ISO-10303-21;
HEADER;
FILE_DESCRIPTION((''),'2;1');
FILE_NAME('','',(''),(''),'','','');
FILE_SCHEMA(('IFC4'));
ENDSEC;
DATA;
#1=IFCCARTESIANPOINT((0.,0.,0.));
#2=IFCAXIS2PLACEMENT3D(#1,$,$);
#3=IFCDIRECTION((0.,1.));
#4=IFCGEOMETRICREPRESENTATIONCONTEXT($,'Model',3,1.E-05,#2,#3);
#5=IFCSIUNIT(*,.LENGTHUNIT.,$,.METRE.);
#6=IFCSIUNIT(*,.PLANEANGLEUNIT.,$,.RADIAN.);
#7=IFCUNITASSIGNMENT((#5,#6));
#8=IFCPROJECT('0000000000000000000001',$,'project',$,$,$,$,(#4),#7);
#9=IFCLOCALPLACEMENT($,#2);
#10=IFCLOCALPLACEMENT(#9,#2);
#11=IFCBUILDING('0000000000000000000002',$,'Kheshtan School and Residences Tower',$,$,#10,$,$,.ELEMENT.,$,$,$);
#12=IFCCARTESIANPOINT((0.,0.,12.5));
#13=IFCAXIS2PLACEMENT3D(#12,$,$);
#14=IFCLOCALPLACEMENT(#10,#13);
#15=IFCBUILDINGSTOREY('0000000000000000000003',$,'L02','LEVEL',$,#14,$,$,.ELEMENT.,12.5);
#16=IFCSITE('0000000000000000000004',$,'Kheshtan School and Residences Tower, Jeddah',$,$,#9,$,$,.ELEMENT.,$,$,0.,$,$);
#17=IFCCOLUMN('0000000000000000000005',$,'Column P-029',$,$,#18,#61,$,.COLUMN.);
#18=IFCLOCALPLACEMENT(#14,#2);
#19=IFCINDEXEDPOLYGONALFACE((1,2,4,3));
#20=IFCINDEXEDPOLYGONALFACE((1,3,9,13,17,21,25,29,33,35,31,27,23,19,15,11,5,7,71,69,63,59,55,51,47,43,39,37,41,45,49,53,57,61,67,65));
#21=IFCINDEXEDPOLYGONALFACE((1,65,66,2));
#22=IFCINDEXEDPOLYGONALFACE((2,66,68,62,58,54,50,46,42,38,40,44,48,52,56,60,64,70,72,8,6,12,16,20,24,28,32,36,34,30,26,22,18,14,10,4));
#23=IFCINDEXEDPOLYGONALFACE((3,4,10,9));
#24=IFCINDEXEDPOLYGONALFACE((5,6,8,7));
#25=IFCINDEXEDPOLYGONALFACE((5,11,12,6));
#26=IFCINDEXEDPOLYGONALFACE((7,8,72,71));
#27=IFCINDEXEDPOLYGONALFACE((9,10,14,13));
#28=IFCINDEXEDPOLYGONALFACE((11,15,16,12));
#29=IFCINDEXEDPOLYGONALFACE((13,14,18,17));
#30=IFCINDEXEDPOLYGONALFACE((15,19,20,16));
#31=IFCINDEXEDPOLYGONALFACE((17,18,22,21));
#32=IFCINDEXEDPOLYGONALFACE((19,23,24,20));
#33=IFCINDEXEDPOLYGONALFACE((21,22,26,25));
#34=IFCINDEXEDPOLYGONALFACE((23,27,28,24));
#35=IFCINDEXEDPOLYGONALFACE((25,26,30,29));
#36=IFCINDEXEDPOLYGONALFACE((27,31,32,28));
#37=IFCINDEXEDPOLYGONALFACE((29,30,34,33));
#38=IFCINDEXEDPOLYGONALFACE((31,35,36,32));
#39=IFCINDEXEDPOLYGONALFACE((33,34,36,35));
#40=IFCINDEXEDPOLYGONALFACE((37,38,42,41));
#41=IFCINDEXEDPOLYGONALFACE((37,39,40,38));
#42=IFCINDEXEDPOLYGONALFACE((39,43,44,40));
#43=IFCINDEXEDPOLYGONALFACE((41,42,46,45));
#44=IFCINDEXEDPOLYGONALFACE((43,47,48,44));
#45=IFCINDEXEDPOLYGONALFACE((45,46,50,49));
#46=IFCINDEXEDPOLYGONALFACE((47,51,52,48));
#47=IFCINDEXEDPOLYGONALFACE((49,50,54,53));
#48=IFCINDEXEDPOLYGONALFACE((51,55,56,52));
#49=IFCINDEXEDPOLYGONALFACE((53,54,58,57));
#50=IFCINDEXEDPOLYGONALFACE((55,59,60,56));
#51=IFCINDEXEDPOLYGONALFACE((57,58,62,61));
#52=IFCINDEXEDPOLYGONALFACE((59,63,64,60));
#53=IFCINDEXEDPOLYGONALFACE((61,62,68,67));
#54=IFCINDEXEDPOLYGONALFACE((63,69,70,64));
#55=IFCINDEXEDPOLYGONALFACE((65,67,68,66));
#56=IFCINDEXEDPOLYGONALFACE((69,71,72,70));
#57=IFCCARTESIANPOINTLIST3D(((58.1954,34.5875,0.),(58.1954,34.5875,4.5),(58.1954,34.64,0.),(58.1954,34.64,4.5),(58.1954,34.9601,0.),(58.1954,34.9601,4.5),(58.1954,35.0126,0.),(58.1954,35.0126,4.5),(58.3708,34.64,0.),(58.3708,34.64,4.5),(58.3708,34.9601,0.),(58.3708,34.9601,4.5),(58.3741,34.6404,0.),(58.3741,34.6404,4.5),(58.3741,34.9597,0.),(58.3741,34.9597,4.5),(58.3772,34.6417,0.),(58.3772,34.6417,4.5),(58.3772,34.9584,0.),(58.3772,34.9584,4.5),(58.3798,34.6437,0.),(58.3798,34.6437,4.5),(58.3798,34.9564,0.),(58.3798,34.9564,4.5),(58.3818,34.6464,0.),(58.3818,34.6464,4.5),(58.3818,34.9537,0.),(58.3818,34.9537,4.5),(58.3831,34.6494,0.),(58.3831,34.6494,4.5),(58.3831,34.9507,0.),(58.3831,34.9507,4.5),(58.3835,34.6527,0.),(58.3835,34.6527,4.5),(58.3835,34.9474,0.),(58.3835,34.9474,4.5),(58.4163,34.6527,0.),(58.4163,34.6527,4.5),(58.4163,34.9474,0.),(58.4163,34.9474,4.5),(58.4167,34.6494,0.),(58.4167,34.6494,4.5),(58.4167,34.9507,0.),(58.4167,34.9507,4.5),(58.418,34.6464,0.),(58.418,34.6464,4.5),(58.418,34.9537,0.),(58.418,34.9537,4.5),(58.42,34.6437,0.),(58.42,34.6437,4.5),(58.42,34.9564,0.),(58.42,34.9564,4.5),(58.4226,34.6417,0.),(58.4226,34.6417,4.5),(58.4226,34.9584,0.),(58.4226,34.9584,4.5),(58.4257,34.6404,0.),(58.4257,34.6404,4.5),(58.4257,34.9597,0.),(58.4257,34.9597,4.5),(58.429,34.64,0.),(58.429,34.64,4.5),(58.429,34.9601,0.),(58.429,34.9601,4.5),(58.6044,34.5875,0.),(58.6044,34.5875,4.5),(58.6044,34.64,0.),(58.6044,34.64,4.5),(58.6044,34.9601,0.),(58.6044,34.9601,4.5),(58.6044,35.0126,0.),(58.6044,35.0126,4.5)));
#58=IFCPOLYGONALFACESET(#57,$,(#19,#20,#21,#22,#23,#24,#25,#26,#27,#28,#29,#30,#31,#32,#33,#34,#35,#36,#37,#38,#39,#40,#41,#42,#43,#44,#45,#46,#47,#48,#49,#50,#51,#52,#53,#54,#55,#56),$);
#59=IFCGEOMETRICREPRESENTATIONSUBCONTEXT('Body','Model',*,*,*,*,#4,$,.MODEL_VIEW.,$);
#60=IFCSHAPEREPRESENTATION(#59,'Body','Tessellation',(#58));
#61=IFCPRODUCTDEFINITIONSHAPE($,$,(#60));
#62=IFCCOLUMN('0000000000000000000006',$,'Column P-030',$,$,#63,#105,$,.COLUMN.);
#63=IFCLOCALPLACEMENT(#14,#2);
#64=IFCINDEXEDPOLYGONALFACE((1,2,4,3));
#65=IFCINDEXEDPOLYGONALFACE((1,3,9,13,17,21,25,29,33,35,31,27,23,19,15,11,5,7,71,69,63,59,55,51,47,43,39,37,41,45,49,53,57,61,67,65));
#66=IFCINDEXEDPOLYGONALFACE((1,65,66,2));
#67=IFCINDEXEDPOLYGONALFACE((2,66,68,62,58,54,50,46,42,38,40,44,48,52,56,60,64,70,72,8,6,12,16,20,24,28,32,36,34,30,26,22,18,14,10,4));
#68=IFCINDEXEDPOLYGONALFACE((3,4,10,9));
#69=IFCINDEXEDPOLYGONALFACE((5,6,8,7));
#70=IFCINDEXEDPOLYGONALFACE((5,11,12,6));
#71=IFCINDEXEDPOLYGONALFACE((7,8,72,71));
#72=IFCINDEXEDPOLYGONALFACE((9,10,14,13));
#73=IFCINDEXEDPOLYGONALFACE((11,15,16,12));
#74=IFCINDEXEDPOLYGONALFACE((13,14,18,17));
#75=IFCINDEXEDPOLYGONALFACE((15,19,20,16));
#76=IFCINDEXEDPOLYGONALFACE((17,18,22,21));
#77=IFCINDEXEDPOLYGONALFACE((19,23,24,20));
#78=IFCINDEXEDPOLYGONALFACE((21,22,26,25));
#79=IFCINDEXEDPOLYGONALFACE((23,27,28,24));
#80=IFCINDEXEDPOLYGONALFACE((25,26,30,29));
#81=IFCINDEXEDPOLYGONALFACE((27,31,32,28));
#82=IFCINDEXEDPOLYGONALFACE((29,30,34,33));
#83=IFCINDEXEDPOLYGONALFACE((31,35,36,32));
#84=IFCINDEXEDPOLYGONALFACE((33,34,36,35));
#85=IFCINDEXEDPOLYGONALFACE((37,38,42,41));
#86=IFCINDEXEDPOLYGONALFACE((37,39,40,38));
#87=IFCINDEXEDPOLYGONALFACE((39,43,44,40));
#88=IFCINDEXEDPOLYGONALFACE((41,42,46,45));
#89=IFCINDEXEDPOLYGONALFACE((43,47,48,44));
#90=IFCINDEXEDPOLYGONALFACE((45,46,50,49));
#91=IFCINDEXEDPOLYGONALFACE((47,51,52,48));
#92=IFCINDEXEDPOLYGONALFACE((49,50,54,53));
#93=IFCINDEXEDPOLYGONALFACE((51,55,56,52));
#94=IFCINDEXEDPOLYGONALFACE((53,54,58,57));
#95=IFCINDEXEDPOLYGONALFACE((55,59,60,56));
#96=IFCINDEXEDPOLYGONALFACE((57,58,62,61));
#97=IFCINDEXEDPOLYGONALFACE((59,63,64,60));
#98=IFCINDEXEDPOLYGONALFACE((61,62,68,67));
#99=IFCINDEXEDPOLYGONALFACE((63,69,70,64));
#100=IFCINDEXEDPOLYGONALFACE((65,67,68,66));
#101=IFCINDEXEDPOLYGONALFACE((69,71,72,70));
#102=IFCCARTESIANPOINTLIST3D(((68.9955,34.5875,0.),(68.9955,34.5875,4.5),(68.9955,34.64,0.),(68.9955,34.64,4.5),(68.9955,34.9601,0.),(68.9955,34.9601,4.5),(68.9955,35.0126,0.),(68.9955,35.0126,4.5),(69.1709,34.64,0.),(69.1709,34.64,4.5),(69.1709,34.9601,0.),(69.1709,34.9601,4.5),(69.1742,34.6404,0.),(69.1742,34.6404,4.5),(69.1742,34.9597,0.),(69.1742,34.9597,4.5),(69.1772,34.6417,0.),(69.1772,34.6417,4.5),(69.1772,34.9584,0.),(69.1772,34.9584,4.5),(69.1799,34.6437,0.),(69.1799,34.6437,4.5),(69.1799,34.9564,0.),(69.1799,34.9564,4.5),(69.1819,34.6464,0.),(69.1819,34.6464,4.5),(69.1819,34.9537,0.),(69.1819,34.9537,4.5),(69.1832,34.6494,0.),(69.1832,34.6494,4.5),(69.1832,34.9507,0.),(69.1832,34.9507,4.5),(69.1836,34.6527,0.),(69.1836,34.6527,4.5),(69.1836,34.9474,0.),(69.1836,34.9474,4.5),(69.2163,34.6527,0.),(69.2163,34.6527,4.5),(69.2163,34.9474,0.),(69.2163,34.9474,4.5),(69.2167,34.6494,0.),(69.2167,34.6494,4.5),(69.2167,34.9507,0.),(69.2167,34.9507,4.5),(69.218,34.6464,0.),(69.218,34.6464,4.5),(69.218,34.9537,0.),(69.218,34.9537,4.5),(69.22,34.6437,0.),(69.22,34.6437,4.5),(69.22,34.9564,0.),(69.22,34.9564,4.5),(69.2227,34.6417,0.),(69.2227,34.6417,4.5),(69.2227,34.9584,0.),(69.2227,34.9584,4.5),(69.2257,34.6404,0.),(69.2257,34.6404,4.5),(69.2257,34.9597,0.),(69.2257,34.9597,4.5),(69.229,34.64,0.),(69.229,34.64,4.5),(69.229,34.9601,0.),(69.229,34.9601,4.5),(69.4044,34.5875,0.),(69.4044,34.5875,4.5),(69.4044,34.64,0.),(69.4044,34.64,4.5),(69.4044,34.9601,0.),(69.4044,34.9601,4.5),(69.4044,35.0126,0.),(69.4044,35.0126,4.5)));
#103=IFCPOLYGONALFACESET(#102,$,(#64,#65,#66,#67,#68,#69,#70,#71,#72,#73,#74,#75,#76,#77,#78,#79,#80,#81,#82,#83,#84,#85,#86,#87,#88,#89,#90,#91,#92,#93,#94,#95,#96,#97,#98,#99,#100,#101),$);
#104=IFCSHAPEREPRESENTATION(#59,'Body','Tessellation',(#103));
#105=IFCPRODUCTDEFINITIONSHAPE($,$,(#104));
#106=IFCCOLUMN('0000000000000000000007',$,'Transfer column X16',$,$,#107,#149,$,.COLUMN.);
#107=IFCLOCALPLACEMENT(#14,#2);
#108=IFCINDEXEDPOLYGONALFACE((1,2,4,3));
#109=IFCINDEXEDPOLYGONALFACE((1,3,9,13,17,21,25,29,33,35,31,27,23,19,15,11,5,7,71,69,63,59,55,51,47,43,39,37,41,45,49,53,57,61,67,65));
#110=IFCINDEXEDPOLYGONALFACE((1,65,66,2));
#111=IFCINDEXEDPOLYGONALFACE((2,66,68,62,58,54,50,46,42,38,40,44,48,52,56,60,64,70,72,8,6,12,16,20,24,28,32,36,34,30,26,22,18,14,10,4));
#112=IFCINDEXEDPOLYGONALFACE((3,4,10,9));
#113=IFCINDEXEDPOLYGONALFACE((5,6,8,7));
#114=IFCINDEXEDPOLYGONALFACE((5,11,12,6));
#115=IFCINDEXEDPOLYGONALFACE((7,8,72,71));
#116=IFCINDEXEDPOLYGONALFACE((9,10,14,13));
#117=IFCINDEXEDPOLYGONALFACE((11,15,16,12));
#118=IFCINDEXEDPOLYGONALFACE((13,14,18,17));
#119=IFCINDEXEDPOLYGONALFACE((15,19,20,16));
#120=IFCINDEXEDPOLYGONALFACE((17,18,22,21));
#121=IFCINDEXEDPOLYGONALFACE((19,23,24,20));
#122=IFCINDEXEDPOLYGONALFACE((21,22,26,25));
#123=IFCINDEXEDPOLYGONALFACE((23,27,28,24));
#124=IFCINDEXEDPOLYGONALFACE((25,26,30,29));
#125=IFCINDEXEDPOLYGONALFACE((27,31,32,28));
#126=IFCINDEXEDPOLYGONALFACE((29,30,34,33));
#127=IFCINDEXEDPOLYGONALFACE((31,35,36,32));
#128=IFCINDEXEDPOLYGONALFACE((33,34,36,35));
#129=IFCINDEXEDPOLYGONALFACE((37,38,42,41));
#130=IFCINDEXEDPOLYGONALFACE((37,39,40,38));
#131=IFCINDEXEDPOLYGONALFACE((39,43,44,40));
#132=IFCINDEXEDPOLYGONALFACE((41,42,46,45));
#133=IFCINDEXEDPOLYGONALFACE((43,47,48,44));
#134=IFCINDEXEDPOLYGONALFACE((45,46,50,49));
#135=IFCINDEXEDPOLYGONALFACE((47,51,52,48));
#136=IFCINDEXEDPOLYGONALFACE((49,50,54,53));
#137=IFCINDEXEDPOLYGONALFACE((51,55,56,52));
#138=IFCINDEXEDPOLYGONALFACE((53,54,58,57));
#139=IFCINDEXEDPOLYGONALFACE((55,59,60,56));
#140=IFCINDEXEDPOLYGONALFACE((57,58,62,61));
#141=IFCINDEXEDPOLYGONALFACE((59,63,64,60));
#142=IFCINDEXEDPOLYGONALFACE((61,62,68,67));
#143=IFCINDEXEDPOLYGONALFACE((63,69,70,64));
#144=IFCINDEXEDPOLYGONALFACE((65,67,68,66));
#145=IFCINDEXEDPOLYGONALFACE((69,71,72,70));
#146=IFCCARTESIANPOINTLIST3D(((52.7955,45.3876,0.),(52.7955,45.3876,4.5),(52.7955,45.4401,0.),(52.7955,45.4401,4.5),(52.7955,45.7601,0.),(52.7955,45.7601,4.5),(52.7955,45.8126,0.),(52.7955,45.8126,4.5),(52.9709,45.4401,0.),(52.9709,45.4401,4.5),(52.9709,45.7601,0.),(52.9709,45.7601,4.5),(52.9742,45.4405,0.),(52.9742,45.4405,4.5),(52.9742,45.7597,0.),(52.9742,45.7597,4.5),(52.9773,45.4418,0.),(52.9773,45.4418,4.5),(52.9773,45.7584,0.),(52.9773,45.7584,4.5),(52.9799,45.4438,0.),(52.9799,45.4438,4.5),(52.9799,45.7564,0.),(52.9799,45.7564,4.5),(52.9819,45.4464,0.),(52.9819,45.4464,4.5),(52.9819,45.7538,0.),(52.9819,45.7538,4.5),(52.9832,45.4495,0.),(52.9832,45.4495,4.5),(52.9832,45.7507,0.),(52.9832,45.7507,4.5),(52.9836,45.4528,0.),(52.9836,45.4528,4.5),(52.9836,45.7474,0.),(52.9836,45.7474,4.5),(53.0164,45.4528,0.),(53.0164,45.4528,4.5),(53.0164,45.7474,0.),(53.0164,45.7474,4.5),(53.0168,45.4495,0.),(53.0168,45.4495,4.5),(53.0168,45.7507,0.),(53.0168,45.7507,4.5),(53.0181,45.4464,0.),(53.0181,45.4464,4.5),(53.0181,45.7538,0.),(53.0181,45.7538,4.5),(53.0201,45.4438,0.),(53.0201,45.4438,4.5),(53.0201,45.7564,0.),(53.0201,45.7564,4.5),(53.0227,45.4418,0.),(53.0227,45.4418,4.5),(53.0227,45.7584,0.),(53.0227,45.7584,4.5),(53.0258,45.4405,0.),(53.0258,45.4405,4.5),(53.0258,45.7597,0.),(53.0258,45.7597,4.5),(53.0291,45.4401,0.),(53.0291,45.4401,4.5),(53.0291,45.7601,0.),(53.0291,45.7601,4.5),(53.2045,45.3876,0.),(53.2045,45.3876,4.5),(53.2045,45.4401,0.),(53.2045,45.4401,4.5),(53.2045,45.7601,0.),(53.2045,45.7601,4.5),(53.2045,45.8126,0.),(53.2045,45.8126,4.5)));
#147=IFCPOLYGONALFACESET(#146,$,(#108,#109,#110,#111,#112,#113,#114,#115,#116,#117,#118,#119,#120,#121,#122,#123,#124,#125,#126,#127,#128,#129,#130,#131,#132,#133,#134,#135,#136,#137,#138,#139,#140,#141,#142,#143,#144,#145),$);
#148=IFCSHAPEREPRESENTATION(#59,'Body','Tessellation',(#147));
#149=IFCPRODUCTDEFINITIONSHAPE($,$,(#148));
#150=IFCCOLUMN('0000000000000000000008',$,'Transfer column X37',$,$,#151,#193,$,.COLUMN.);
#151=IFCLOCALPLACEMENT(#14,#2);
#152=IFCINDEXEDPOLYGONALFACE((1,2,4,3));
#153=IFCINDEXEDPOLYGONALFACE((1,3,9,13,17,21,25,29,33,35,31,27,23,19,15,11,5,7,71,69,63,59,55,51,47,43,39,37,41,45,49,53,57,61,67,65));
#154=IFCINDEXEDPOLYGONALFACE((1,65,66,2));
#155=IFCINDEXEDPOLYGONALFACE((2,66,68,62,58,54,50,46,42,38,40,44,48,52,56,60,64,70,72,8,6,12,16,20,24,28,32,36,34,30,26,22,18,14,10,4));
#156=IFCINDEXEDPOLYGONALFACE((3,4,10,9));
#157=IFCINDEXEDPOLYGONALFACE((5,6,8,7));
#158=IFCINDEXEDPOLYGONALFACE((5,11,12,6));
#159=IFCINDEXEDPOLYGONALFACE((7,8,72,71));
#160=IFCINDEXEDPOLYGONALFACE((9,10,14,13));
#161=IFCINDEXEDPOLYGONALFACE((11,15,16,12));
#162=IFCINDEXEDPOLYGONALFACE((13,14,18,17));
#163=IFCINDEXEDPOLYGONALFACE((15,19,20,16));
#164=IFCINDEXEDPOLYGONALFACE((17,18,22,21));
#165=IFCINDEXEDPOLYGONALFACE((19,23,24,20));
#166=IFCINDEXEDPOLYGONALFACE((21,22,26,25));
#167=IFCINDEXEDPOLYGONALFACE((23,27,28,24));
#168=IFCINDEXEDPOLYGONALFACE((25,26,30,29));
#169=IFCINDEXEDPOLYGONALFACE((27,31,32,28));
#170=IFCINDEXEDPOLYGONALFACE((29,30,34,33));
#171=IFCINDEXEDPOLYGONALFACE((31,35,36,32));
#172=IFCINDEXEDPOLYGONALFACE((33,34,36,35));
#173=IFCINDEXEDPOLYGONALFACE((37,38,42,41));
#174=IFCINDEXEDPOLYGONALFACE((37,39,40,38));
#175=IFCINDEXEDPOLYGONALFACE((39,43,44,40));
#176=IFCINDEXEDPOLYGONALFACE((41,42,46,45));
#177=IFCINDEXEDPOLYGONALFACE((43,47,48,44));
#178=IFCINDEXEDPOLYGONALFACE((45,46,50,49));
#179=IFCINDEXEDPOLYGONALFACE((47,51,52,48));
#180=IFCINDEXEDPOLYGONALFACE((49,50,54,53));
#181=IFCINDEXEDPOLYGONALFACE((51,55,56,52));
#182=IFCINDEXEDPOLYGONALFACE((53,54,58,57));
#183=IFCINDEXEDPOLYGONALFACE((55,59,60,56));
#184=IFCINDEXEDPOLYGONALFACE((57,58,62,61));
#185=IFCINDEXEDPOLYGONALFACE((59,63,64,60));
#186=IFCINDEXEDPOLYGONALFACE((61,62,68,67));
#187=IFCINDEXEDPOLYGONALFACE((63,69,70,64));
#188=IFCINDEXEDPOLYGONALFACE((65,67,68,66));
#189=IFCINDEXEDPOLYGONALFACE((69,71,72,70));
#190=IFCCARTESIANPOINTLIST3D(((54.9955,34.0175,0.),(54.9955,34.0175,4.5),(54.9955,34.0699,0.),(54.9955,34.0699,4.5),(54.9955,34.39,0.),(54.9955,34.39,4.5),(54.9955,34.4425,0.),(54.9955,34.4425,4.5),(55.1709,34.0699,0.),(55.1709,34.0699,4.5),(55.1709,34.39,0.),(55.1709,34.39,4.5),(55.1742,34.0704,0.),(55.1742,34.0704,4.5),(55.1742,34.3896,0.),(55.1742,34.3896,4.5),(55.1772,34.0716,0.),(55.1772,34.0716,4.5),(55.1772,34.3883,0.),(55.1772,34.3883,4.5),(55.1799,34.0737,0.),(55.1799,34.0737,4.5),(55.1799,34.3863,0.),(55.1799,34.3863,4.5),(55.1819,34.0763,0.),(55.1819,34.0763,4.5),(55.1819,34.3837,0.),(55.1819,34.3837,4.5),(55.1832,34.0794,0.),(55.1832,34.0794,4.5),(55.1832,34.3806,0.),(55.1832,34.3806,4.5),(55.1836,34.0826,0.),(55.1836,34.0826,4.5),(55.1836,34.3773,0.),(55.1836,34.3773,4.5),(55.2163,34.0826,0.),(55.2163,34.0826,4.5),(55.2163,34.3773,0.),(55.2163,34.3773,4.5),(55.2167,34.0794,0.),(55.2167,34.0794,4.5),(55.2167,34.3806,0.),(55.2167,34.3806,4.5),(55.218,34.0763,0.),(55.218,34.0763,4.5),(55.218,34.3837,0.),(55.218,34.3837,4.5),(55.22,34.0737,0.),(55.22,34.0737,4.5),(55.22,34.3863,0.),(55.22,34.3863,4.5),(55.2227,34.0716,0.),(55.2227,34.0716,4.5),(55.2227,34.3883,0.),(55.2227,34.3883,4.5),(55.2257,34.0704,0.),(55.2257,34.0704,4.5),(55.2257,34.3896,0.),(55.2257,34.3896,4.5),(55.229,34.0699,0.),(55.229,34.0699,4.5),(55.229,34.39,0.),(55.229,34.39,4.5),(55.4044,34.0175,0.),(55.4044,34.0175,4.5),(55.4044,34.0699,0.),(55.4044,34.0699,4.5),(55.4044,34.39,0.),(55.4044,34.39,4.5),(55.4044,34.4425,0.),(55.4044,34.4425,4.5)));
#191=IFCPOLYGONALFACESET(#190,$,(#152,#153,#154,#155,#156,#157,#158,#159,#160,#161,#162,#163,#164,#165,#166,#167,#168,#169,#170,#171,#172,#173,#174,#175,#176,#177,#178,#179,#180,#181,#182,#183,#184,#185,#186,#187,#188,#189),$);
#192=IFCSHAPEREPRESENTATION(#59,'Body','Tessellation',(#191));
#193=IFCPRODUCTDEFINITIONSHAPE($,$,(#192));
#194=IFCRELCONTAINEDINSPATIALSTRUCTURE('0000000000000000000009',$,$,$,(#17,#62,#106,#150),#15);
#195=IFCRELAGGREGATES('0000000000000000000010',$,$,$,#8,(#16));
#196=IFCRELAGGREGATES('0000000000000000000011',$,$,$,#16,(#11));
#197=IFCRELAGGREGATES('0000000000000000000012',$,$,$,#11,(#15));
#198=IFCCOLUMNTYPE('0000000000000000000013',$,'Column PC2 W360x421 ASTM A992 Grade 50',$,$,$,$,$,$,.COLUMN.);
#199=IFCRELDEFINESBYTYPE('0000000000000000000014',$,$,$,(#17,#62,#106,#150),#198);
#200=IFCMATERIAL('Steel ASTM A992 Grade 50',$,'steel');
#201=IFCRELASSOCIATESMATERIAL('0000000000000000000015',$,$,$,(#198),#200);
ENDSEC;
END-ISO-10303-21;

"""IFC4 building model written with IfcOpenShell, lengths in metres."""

from ifc_helpers import new_model, si_unit, direction, frame, origin, origin_2d, place, context, subcontext, project, spatial, i_section, extrude, material, material_profile, profile_set, type_object, element, save


model = new_model("IFC4")

# Units and contexts
model_context = context("Model", 3, precision=1e-05, world=origin(), true_north=direction((0.0, 1.0)))
body_context = subcontext(model_context, "Body", "Model", "MODEL_VIEW")
ifc_project = project(units=[si_unit("LENGTHUNIT", "METRE"), si_unit("PLANEANGLEUNIT", "RADIAN")], contexts=[model_context])

# Site, building, storey
site_placement = place(None, origin())
site = spatial("IfcSite", under=ifc_project, at=site_placement, Name="Kheshtan School and Residences Tower, Jeddah", CompositionType="ELEMENT", RefElevation=0.0)
building_placement = place(site_placement, origin())
building = spatial("IfcBuilding", under=site, at=building_placement, Name="Kheshtan School and Residences Tower", CompositionType="ELEMENT")
storey_placement = place(building_placement, frame((0.0, 0.0, 12.5)))
storey = spatial("IfcBuildingStorey", under=building, at=storey_placement, Name="L02", Description="LEVEL", CompositionType="ELEMENT", Elevation=12.5)

# Columns
ifc_material_1 = material(Name="Steel ASTM A992 Grade 50", Category="steel")
ifc_material_profile = material_profile(ifc_material_1, i_section(OverallWidth=0.4089, OverallDepth=0.425, WebThickness=0.0327, FlangeThickness=0.0525, FilletRadius=0.0127, at=origin_2d()), Name="W360x421")
ifc_profile_set = profile_set([ifc_material_profile], Name="Steel ASTM A992 Grade 50")
column_type = type_object("IfcColumnType", Name="Column PC2 W360x421 ASTM A992 Grade 50", PredefinedType="COLUMN", material=ifc_profile_set)
for number, where, z_axis, x_axis, name in (
    (1, (58.3999, 34.8, 0.0), (0.0, 0.0, 1.0), (1.0, 0.0, 0.0), "Column P-029"),
    (2, (69.2, 34.8, 0.0), (0.0, 0.0, 1.0), (1.0, 0.0, 0.0), "Column P-030"),
    (3, (53.0, 45.6001, 0.0), (0.0, 0.0, 1.0), (1.0, 0.0, 0.0), "Transfer column X16"),
    (4, (55.2, 34.23, 0.0), (0.0, 0.0, 1.0), (1.0, 0.0, 0.0), "Transfer column X37"),
):
    element("IfcColumn", number, at=place(storey_placement, frame(where, z_axis=z_axis, x_axis=x_axis)), inside=storey, type_object=column_type, Name=name, PredefinedType="COLUMN", context=body_context, shape_type="SweptSolid", body=[
        extrude(i_section(OverallWidth=0.4089, OverallDepth=0.425, WebThickness=0.0327, FlangeThickness=0.0525, FilletRadius=0.0127, at=origin_2d()), origin(), (0.0, 0.0, 1.0), 4.5),
    ])

save(model, "model.ifc")
